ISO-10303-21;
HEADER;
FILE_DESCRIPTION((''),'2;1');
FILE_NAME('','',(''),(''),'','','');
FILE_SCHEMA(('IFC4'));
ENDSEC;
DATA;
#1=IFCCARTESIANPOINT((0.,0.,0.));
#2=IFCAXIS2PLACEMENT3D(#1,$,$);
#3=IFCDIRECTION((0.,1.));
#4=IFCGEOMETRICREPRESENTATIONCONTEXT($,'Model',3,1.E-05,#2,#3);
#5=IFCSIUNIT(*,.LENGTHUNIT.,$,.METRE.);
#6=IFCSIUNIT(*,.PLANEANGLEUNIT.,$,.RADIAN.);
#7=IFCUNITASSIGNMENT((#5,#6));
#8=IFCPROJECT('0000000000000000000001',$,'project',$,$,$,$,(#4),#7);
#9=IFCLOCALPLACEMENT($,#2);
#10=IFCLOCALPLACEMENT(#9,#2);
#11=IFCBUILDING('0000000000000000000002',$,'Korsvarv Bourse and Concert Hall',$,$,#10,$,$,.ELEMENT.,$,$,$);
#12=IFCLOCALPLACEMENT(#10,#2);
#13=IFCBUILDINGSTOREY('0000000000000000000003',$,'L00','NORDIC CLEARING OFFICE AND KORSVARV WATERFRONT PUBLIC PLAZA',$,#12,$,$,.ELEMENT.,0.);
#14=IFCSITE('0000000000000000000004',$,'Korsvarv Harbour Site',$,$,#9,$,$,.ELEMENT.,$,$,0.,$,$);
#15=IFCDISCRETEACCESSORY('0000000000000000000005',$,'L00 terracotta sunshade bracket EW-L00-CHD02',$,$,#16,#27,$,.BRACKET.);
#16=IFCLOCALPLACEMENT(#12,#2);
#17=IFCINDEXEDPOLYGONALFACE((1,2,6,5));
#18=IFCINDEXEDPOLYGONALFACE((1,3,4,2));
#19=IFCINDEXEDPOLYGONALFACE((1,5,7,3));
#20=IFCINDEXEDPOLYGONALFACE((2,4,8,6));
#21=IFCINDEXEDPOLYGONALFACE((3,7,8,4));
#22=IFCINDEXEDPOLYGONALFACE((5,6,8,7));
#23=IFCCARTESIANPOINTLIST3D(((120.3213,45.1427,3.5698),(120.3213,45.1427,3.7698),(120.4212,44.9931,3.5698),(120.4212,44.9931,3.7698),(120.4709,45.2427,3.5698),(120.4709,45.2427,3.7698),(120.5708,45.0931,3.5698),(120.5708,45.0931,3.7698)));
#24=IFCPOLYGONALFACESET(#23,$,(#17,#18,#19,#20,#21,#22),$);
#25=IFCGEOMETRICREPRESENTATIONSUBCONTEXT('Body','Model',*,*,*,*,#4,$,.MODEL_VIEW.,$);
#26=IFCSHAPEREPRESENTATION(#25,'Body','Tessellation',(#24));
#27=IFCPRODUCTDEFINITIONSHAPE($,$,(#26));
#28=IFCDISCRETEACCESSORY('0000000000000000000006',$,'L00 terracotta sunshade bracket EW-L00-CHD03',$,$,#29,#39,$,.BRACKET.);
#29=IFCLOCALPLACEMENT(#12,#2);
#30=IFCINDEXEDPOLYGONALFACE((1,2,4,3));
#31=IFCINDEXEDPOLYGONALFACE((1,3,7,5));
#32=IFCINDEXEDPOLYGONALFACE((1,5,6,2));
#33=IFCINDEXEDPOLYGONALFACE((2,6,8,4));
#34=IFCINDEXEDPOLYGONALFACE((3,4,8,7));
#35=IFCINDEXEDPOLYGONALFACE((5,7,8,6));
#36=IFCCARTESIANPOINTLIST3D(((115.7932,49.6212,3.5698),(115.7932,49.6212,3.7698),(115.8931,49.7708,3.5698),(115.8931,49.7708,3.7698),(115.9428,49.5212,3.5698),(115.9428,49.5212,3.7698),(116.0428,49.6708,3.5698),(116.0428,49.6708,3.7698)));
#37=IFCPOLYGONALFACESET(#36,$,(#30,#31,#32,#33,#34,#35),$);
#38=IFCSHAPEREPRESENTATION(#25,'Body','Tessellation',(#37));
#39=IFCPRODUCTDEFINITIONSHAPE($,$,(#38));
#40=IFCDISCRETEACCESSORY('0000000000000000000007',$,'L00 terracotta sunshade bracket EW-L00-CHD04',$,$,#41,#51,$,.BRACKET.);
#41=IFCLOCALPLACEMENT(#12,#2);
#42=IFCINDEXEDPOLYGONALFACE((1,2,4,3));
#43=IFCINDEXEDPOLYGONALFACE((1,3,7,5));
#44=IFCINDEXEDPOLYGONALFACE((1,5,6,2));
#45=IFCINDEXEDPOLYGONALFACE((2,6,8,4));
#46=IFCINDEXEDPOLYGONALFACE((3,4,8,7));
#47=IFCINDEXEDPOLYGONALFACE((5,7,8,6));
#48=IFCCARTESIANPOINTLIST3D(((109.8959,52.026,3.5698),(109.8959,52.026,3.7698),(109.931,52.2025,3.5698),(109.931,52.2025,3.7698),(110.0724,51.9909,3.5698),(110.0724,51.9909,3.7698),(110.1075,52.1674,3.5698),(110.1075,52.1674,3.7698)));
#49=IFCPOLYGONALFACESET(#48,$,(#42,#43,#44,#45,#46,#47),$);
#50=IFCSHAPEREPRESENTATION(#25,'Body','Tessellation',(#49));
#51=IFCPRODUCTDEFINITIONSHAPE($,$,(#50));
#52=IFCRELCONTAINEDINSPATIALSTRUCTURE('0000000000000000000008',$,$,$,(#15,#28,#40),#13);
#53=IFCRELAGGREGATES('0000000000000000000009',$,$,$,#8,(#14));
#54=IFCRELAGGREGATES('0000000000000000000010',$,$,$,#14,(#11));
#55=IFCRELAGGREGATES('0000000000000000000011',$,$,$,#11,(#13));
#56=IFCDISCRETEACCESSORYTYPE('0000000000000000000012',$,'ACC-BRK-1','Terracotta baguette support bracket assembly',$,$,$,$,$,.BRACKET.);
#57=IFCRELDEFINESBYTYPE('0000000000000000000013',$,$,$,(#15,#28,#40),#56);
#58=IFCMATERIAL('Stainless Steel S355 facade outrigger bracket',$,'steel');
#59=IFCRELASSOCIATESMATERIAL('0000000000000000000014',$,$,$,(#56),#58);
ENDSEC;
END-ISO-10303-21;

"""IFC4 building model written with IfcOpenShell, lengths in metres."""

from ifc_helpers import new_model, si_unit, direction, frame, origin, origin_2d, place, context, subcontext, project, spatial, rectangle, extrude, source, transform, mapped, material, type_object, element, save


model = new_model("IFC4")

# Units and contexts
model_context = context("Model", 3, precision=1e-05, world=origin(), true_north=direction((0.0, 1.0)))
body_context = subcontext(model_context, "Body", "Model", "MODEL_VIEW")
ifc_project = project(units=[si_unit("LENGTHUNIT", "METRE"), si_unit("PLANEANGLEUNIT", "RADIAN")], contexts=[model_context])

# Site, building, storey
site_placement = place(None, origin())
site = spatial("IfcSite", under=ifc_project, at=site_placement, Name="Korsvarv Harbour Site", CompositionType="ELEMENT", RefElevation=0.0)
building_placement = place(site_placement, origin())
building = spatial("IfcBuilding", under=site, at=building_placement, Name="Korsvarv Bourse and Concert Hall", CompositionType="ELEMENT")
storey_placement = place(building_placement, origin())
storey = spatial("IfcBuildingStorey", under=building, at=storey_placement, Name="L00", Description="NORDIC CLEARING OFFICE AND KORSVARV WATERFRONT PUBLIC PLAZA", CompositionType="ELEMENT", Elevation=0.0)

# Discrete accessories
ifc_material_1 = material(Name="Stainless Steel S355 facade outrigger bracket", Category="steel")
discrete_accessory_type = type_object("IfcDiscreteAccessoryType", Name="ACC-BRK-1", Description="Terracotta baguette support bracket assembly", PredefinedType="BRACKET", material=ifc_material_1)
shared_shape_1 = source(origin(), body_context, "Body", "SweptSolid", [
    extrude(rectangle(XDim=0.1799, YDim=0.1799, at=origin_2d()), origin(), (0.0, 0.0, 1.0), 0.2),
])
for number, where, z_axis, x_axis, name in (
    (1, (120.446, 45.1179, 3.5698), (0.0, 0.0, 1.0), (-0.55557, 0.83147, 0.0), "L00 terracotta sunshade bracket EW-L00-CHD02"),
    (2, (115.918, 49.646, 3.5698), (0.0, 0.0, 1.0), (-0.83147, 0.55557, 0.0), "L00 terracotta sunshade bracket EW-L00-CHD03"),
    (3, (110.0017, 52.0967, 3.5698), (0.0, 0.0, 1.0), (-0.980785, 0.19509, 0.0), "L00 terracotta sunshade bracket EW-L00-CHD04"),
):
    element("IfcDiscreteAccessory", number, at=place(storey_placement, frame(where, z_axis=z_axis, x_axis=x_axis)), inside=storey, type_object=discrete_accessory_type, Name=name, PredefinedType="BRACKET", context=body_context, shape_type="MappedRepresentation", body=[
        mapped(shared_shape_1, transform((0.0, 0.0, 0.0), scale=1.0)),
    ])

save(model, "model.ifc")
